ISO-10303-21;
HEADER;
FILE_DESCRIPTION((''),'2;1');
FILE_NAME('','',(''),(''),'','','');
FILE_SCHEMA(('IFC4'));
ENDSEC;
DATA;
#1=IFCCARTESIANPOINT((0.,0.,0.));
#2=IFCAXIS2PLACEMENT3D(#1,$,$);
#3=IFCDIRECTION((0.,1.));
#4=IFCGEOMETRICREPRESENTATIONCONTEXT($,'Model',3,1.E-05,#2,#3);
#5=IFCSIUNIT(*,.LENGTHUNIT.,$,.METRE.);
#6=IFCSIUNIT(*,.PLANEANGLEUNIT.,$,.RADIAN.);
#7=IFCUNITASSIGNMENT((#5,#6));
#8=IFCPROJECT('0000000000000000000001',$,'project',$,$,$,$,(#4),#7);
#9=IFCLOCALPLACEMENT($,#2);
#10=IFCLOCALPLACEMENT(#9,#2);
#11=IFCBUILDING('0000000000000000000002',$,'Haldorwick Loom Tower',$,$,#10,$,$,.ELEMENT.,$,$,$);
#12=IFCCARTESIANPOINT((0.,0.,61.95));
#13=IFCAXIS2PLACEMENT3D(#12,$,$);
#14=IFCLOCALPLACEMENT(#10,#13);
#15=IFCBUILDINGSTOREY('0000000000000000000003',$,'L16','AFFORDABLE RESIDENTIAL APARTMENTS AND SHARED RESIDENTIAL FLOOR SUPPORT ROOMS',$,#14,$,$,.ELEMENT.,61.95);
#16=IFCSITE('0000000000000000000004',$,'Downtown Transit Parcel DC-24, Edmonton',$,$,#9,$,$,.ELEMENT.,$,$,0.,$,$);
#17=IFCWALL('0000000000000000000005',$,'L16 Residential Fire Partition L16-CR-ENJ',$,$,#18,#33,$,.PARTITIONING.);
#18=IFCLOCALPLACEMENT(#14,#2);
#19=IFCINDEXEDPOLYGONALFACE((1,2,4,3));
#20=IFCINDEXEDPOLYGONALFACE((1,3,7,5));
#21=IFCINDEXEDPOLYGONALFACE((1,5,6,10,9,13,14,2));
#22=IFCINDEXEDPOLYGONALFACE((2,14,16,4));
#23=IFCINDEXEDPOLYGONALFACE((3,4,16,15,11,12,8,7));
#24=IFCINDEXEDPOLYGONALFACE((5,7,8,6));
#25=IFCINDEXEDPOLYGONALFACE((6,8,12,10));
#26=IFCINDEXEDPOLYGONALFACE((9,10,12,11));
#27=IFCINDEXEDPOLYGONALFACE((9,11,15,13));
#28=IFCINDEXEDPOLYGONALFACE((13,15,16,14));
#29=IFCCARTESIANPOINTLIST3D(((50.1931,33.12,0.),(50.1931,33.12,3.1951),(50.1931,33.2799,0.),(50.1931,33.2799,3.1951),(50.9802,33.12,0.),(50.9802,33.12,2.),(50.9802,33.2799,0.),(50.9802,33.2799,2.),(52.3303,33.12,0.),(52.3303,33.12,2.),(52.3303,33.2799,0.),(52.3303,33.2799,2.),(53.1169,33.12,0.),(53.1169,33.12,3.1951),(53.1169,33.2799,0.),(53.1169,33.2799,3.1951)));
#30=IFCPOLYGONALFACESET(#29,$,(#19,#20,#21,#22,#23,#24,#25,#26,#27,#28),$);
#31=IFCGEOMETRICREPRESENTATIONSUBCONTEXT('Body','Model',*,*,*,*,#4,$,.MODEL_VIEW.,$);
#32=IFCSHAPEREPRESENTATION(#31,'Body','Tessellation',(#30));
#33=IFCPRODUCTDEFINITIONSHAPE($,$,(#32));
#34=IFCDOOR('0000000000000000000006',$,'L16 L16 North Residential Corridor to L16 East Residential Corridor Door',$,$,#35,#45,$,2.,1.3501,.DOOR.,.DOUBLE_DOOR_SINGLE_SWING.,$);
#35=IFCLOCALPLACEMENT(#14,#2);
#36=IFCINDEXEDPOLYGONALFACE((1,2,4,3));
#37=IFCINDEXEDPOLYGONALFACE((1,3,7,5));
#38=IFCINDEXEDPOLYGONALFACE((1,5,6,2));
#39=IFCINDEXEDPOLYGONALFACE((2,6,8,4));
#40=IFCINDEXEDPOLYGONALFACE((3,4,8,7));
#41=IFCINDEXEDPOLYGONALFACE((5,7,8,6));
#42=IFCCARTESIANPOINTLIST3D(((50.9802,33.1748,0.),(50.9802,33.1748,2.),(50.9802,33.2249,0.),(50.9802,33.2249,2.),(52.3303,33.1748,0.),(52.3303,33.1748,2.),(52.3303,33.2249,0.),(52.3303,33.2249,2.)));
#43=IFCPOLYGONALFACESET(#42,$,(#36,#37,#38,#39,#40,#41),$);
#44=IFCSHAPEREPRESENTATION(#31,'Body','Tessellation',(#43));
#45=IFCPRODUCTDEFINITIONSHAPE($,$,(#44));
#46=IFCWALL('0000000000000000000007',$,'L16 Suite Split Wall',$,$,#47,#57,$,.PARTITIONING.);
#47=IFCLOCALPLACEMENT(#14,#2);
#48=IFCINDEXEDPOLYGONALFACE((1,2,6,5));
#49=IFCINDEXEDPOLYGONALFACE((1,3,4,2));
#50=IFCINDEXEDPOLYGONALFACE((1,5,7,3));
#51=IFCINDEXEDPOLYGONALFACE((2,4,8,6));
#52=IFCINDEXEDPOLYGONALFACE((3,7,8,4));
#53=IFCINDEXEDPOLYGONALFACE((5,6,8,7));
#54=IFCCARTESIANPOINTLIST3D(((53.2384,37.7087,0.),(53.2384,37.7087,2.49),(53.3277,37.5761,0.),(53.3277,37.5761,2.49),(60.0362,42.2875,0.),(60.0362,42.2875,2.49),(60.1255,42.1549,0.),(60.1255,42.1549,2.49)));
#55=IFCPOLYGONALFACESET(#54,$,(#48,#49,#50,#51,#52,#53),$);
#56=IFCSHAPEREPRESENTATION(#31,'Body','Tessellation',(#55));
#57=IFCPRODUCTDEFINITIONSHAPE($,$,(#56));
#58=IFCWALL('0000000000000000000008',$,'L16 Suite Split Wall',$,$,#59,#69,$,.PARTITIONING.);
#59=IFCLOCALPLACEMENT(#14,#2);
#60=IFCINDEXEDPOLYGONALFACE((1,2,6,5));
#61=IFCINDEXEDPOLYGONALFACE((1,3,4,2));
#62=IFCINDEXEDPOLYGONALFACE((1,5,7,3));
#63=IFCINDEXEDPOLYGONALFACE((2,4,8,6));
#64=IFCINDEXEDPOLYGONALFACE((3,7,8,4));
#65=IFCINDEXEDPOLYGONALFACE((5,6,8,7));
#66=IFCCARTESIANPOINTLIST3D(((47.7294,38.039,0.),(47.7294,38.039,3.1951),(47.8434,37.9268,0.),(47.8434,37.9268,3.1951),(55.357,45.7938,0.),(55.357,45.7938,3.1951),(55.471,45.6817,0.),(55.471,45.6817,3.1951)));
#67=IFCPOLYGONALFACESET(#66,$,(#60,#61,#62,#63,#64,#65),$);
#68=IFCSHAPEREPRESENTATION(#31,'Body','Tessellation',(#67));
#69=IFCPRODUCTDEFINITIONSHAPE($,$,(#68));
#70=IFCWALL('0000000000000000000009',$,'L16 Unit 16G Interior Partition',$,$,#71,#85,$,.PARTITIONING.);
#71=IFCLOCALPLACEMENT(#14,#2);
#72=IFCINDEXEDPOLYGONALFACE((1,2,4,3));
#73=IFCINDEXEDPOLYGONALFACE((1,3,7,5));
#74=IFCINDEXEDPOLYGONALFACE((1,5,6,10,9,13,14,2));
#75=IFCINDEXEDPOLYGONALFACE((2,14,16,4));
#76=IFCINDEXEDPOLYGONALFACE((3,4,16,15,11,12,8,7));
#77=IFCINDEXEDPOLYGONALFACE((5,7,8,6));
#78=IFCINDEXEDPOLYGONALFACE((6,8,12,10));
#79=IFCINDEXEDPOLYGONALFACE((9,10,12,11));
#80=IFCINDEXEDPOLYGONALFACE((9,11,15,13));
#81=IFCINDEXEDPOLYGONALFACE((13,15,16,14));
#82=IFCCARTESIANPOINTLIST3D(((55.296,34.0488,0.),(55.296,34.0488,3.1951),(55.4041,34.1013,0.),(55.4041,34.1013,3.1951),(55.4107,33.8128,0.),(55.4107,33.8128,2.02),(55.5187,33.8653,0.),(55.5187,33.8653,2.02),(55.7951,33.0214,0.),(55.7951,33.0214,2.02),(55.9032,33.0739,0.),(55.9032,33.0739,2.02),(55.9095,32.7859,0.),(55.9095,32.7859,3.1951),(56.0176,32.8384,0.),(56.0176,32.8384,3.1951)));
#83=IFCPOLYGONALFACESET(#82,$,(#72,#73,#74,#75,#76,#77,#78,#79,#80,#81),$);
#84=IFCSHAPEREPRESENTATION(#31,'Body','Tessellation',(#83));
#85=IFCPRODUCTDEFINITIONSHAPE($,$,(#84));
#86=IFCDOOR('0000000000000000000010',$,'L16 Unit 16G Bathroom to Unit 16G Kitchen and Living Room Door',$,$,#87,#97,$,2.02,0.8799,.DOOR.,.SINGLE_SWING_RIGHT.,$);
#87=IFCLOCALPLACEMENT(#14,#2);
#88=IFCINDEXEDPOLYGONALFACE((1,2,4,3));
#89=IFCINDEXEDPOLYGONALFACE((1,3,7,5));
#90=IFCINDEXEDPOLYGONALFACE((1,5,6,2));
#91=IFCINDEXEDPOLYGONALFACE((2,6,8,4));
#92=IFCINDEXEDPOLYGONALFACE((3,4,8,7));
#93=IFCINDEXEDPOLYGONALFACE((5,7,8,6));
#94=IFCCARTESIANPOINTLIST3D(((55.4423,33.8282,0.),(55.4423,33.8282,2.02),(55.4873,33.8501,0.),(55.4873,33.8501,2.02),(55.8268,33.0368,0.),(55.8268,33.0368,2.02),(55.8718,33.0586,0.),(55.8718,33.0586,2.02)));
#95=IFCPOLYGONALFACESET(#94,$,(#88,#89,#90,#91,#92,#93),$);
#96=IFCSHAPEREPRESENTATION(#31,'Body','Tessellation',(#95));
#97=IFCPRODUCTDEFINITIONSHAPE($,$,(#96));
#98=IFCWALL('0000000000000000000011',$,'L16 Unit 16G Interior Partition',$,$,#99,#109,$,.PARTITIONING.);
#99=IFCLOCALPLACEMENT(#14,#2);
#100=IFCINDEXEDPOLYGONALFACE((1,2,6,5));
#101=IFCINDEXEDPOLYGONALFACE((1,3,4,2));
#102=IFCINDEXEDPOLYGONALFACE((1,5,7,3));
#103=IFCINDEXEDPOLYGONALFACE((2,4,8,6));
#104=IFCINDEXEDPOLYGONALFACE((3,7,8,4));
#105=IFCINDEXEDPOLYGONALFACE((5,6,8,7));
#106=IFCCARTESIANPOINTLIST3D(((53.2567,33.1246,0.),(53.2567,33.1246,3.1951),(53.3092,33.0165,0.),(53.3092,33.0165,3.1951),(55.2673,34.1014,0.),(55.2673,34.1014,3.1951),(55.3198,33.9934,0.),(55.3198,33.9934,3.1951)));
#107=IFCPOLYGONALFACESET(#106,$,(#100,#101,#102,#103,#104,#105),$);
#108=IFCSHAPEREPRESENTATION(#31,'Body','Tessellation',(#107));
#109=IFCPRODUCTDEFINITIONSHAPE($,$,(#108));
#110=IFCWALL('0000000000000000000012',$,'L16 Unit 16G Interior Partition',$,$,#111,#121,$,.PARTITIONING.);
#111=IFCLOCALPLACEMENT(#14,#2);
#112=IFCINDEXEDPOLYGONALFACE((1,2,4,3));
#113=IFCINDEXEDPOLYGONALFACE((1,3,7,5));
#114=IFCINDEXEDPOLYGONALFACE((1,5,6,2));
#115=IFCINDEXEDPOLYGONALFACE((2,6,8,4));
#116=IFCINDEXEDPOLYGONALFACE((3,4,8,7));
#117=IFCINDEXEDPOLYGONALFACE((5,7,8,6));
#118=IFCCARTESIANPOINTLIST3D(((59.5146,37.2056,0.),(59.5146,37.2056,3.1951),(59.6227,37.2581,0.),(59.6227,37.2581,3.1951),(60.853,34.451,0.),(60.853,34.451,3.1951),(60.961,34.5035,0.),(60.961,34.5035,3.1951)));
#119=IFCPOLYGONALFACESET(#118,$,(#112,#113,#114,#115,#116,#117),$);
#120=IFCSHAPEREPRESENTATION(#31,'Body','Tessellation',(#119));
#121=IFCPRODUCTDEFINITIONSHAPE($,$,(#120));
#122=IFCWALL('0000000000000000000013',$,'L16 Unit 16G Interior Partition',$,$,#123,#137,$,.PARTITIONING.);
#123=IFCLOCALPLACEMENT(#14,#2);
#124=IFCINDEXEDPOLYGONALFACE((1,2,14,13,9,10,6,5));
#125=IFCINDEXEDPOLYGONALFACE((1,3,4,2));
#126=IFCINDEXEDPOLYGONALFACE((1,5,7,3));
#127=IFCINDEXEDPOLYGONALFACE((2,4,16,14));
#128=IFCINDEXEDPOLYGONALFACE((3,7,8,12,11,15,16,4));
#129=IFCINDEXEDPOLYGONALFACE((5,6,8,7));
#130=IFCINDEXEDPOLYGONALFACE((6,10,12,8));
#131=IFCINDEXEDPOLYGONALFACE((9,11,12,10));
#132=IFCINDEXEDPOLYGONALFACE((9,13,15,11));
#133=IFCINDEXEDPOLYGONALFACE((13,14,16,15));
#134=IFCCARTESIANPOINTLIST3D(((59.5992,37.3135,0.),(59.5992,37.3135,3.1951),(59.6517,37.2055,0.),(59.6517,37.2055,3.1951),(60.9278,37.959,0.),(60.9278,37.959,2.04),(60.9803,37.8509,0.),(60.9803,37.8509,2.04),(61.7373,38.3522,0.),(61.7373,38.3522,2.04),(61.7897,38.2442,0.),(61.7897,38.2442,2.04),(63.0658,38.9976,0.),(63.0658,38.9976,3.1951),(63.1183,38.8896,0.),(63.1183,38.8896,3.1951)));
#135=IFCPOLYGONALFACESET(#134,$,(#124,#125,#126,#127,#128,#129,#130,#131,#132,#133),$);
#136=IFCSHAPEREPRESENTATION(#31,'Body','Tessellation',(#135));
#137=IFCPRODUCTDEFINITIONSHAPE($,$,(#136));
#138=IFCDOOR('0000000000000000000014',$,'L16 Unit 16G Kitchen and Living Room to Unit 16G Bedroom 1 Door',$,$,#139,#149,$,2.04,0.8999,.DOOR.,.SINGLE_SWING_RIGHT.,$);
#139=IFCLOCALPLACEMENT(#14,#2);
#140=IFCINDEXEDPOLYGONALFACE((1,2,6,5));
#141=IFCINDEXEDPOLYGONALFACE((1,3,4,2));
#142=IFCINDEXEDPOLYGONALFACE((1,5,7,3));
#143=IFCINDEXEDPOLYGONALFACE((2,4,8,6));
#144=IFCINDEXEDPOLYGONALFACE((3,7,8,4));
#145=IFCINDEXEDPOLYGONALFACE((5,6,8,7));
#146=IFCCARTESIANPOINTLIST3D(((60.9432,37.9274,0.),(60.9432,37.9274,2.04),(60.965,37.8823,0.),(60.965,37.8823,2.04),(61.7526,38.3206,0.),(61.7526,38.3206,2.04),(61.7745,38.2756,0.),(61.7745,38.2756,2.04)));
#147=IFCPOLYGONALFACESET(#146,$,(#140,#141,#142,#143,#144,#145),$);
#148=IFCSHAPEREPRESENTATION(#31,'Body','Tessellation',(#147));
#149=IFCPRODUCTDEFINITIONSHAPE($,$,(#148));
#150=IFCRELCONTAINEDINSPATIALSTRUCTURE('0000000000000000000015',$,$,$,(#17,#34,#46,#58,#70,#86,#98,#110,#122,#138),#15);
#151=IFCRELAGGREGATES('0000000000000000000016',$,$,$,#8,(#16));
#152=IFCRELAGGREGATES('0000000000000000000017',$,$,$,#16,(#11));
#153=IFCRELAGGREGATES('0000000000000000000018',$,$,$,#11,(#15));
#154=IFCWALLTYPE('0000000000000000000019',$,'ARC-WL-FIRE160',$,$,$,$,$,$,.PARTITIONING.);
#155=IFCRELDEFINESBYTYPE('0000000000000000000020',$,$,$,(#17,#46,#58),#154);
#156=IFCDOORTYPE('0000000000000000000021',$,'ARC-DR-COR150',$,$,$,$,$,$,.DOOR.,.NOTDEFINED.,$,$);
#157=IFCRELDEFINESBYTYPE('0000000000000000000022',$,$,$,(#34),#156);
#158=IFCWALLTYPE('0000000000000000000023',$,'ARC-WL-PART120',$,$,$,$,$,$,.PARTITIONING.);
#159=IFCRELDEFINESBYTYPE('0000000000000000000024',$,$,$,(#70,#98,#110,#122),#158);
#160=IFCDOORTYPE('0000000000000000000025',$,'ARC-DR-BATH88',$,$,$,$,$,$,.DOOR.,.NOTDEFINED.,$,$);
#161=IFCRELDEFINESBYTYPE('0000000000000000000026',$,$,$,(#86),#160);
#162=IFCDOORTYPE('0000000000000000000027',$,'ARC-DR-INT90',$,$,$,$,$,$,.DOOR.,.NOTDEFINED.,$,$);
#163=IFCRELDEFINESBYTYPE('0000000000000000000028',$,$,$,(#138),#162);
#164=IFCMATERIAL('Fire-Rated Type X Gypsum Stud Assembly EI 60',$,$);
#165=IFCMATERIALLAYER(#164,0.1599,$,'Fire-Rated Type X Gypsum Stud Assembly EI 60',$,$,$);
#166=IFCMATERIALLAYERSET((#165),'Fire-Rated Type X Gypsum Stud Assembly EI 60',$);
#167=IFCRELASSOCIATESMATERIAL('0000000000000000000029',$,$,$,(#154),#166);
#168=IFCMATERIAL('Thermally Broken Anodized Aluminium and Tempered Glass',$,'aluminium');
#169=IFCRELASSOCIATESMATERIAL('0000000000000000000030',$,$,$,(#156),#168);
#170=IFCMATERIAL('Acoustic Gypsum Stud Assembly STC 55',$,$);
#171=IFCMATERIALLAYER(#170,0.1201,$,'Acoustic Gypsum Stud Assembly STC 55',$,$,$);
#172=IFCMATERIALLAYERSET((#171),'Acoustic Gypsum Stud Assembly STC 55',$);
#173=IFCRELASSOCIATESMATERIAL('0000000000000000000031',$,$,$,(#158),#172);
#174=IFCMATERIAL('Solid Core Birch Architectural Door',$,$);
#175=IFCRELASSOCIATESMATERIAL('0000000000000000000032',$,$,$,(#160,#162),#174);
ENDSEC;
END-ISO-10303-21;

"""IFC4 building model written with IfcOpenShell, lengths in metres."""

from ifc_helpers import new_model, si_unit, direction, frame, frame_2d, origin, place, context, subcontext, project, spatial, rectangle, extrude, material, layer, layer_set, type_object, element, fill, save


model = new_model("IFC4")

# Units and contexts
model_context = context("Model", 3, precision=1e-05, world=origin(), true_north=direction((0.0, 1.0)))
body_context = subcontext(model_context, "Body", "Model", "MODEL_VIEW")
ifc_project = project(units=[si_unit("LENGTHUNIT", "METRE"), si_unit("PLANEANGLEUNIT", "RADIAN")], contexts=[model_context])

# Site, building, storey
site_placement = place(None, origin())
site = spatial("IfcSite", under=ifc_project, at=site_placement, Name="Downtown Transit Parcel DC-24, Edmonton", CompositionType="ELEMENT", RefElevation=0.0)
building_placement = place(site_placement, origin())
building = spatial("IfcBuilding", under=site, at=building_placement, Name="Haldorwick Loom Tower", CompositionType="ELEMENT")
storey_placement = place(building_placement, frame((0.0, 0.0, 61.95)))
storey = spatial("IfcBuildingStorey", under=building, at=storey_placement, Name="L16", Description="AFFORDABLE RESIDENTIAL APARTMENTS AND SHARED RESIDENTIAL FLOOR SUPPORT ROOMS", CompositionType="ELEMENT", Elevation=61.95)

# Wall, opening, door
ifc_material_1 = material(Name="Fire-Rated Type X Gypsum Stud Assembly EI 60")
ifc_layer_1 = layer(ifc_material_1, 0.1599, Name="Fire-Rated Type X Gypsum Stud Assembly EI 60")
ifc_layer_set_1 = layer_set([ifc_layer_1], Name="Fire-Rated Type X Gypsum Stud Assembly EI 60")
wall_type_1 = type_object("IfcWallType", Name="ARC-WL-FIRE160", PredefinedType="PARTITIONING", material=ifc_layer_set_1)
wall_1_placement = place(storey_placement, frame((50.1931, 33.2, 0.0), z_axis=(0.0, 0.0, 1.0), x_axis=(1.0, 0.0, 0.0)))
wall_1 = element("IfcWall", 1, at=wall_1_placement, inside=storey, type_object=wall_type_1, Name="L16 Residential Fire Partition L16-CR-ENJ", PredefinedType="PARTITIONING", context=body_context, shape_type="SweptSolid", body=[
    extrude(rectangle(XDim=2.9238, YDim=0.1599, at=frame_2d((1.4619, 0.0))), origin(), (0.0, 0.0, 1.0), 3.1951),
])
opening_1_placement = place(wall_1_placement, frame((0.7871, 0.0, 0.0)))
opening_1 = element("IfcOpeningElement", 2, at=opening_1_placement, cuts=wall_1, PredefinedType="OPENING", context=body_context, shape_type="SweptSolid", body=[
    extrude(rectangle(XDim=1.3501, YDim=2.0, at=frame_2d((0.675, 1.0))), frame((0.0, 0.0898, 0.0), z_axis=(0.0, -1.0, 0.0), x_axis=(1.0, 0.0, 0.0)), (0.0, 0.0, 1.0), 0.1799),
])
ifc_material_2 = material(Name="Thermally Broken Anodized Aluminium and Tempered Glass", Category="aluminium")
door_type_1 = type_object("IfcDoorType", Name="ARC-DR-COR150", OperationType="NOTDEFINED", PredefinedType="DOOR", material=ifc_material_2)
door_1_placement = place(opening_1_placement, origin())
door_1 = element("IfcDoor", 3, at=door_1_placement, inside=storey, type_object=door_type_1, Name="L16 L16 North Residential Corridor to L16 East Residential Corridor Door", OperationType="DOUBLE_DOOR_SINGLE_SWING", OverallHeight=2.0, OverallWidth=1.3501, PredefinedType="DOOR", context=body_context, shape_type="SweptSolid", body=[
    extrude(rectangle(XDim=1.3501, YDim=2.0, at=frame_2d((0.675, 1.0))), frame((0.0, 0.0249, 0.0), z_axis=(0.0, -1.0, 0.0), x_axis=(1.0, 0.0, 0.0)), (0.0, 0.0, 1.0), 0.05),
])
fill(opening_1, door_1)

# Walls
wall_2_placement = place(storey_placement, frame((53.283, 37.6423, 0.0), z_axis=(0.0, 0.0, 1.0), x_axis=(0.829397, 0.55866, 0.0)))
element("IfcWall", 4, at=wall_2_placement, inside=storey, type_object=wall_type_1, Name="L16 Suite Split Wall", PredefinedType="PARTITIONING", context=body_context, shape_type="SweptSolid", body=[
    extrude(rectangle(XDim=8.196, YDim=0.1599, at=frame_2d((4.0981, 0.0))), origin(), (0.0, 0.0, 1.0), 2.49),
])
wall_3_placement = place(storey_placement, frame((47.7864, 37.9829, 0.0), z_axis=(0.0, 0.0, 1.0), x_axis=(0.701236, 0.712929, 0.0)))
element("IfcWall", 5, at=wall_3_placement, inside=storey, type_object=wall_type_1, Name="L16 Suite Split Wall", PredefinedType="PARTITIONING", context=body_context, shape_type="SweptSolid", body=[
    extrude(rectangle(XDim=10.8774, YDim=0.1599, at=frame_2d((5.4387, 0.0))), origin(), (0.0, 0.0, 1.0), 3.1951),
])

# Wall, opening, door
ifc_material_3 = material(Name="Acoustic Gypsum Stud Assembly STC 55")
ifc_layer_2 = layer(ifc_material_3, 0.1201, Name="Acoustic Gypsum Stud Assembly STC 55")
ifc_layer_set_2 = layer_set([ifc_layer_2], Name="Acoustic Gypsum Stud Assembly STC 55")
wall_type_2 = type_object("IfcWallType", Name="ARC-WL-PART120", PredefinedType="PARTITIONING", material=ifc_layer_set_2)
wall_4_placement = place(storey_placement, frame((55.9636, 32.812, 0.0), z_axis=(0.0, 0.0, 1.0), x_axis=(-0.43696, 0.899481, 0.0)))
wall_4 = element("IfcWall", 6, at=wall_4_placement, inside=storey, type_object=wall_type_2, Name="L16 Unit 16G Interior Partition", PredefinedType="PARTITIONING", context=body_context, shape_type="SweptSolid", body=[
    extrude(rectangle(XDim=1.4041, YDim=0.1201, at=frame_2d((0.7021, 0.0))), origin(), (0.0, 0.0, 1.0), 3.1951),
])
opening_2_placement = place(wall_4_placement, frame((0.262, 0.0, 0.0)))
opening_2 = element("IfcOpeningElement", 7, at=opening_2_placement, cuts=wall_4, PredefinedType="OPENING", context=body_context, shape_type="SweptSolid", body=[
    extrude(rectangle(XDim=0.8799, YDim=2.02, at=frame_2d((0.4399, 1.01))), frame((0.0, 0.0701, 0.0), z_axis=(0.0, -1.0, 0.0), x_axis=(1.0, 0.0, 0.0)), (0.0, 0.0, 1.0), 0.1401),
])
ifc_material_4 = material(Name="Solid Core Birch Architectural Door")
door_type_2 = type_object("IfcDoorType", Name="ARC-DR-BATH88", OperationType="NOTDEFINED", PredefinedType="DOOR", material=ifc_material_4)
door_2_placement = place(opening_2_placement, origin())
door_2 = element("IfcDoor", 8, at=door_2_placement, inside=storey, type_object=door_type_2, Name="L16 Unit 16G Bathroom to Unit 16G Kitchen and Living Room Door", OperationType="SINGLE_SWING_RIGHT", OverallHeight=2.02, OverallWidth=0.8799, PredefinedType="DOOR", context=body_context, shape_type="SweptSolid", body=[
    extrude(rectangle(XDim=0.8799, YDim=2.02, at=frame_2d((0.4399, 1.01))), frame((0.0, 0.0249, 0.0), z_axis=(0.0, -1.0, 0.0), x_axis=(1.0, 0.0, 0.0)), (0.0, 0.0, 1.0), 0.05),
])
fill(opening_2, door_2)

# Walls
wall_5_placement = place(storey_placement, frame((53.283, 33.0706, 0.0), z_axis=(0.0, 0.0, 1.0), x_axis=(0.899459, 0.437005, 0.0)))
element("IfcWall", 9, at=wall_5_placement, inside=storey, type_object=wall_type_2, Name="L16 Unit 16G Interior Partition", PredefinedType="PARTITIONING", context=body_context, shape_type="SweptSolid", body=[
    extrude(rectangle(XDim=2.2354, YDim=0.1201, at=frame_2d((1.1177, 0.0))), origin(), (0.0, 0.0, 1.0), 3.1951),
])
wall_6_placement = place(storey_placement, frame((60.907, 34.4773, 0.0), z_axis=(0.0, 0.0, 1.0), x_axis=(-0.437013, 0.899455, 0.0)))
element("IfcWall", 10, at=wall_6_placement, inside=storey, type_object=wall_type_2, Name="L16 Unit 16G Interior Partition", PredefinedType="PARTITIONING", context=body_context, shape_type="SweptSolid", body=[
    extrude(rectangle(XDim=3.0625, YDim=0.1201, at=frame_2d((1.5312, 0.0))), origin(), (0.0, 0.0, 1.0), 3.1951),
])

# Wall, opening, door
wall_7_placement = place(storey_placement, frame((59.6255, 37.2595, 0.0), z_axis=(0.0, 0.0, 1.0), x_axis=(0.899475, 0.436973, 0.0)))
wall_7 = element("IfcWall", 11, at=wall_7_placement, inside=storey, type_object=wall_type_2, Name="L16 Unit 16G Interior Partition", PredefinedType="PARTITIONING", context=body_context, shape_type="SweptSolid", body=[
    extrude(rectangle(XDim=3.854, YDim=0.1201, at=frame_2d((1.927, 0.0))), origin(), (0.0, 0.0, 1.0), 3.1951),
])
opening_3_placement = place(wall_7_placement, frame((1.4771, 0.0, 0.0)))
opening_3 = element("IfcOpeningElement", 12, at=opening_3_placement, cuts=wall_7, PredefinedType="OPENING", context=body_context, shape_type="SweptSolid", body=[
    extrude(rectangle(XDim=0.8999, YDim=2.04, at=frame_2d((0.45, 1.02))), frame((0.0, 0.0701, 0.0), z_axis=(0.0, -1.0, 0.0), x_axis=(1.0, 0.0, 0.0)), (0.0, 0.0, 1.0), 0.1401),
])
door_type_3 = type_object("IfcDoorType", Name="ARC-DR-INT90", OperationType="NOTDEFINED", PredefinedType="DOOR", material=ifc_material_4)
door_3_placement = place(opening_3_placement, origin())
door_3 = element("IfcDoor", 13, at=door_3_placement, inside=storey, type_object=door_type_3, Name="L16 Unit 16G Kitchen and Living Room to Unit 16G Bedroom 1 Door", OperationType="SINGLE_SWING_RIGHT", OverallHeight=2.04, OverallWidth=0.8999, PredefinedType="DOOR", context=body_context, shape_type="SweptSolid", body=[
    extrude(rectangle(XDim=0.8999, YDim=2.04, at=frame_2d((0.45, 1.02))), frame((0.0, 0.0249, 0.0), z_axis=(0.0, -1.0, 0.0), x_axis=(1.0, 0.0, 0.0)), (0.0, 0.0, 1.0), 0.05),
])
fill(opening_3, door_3)

save(model, "model.ifc")
